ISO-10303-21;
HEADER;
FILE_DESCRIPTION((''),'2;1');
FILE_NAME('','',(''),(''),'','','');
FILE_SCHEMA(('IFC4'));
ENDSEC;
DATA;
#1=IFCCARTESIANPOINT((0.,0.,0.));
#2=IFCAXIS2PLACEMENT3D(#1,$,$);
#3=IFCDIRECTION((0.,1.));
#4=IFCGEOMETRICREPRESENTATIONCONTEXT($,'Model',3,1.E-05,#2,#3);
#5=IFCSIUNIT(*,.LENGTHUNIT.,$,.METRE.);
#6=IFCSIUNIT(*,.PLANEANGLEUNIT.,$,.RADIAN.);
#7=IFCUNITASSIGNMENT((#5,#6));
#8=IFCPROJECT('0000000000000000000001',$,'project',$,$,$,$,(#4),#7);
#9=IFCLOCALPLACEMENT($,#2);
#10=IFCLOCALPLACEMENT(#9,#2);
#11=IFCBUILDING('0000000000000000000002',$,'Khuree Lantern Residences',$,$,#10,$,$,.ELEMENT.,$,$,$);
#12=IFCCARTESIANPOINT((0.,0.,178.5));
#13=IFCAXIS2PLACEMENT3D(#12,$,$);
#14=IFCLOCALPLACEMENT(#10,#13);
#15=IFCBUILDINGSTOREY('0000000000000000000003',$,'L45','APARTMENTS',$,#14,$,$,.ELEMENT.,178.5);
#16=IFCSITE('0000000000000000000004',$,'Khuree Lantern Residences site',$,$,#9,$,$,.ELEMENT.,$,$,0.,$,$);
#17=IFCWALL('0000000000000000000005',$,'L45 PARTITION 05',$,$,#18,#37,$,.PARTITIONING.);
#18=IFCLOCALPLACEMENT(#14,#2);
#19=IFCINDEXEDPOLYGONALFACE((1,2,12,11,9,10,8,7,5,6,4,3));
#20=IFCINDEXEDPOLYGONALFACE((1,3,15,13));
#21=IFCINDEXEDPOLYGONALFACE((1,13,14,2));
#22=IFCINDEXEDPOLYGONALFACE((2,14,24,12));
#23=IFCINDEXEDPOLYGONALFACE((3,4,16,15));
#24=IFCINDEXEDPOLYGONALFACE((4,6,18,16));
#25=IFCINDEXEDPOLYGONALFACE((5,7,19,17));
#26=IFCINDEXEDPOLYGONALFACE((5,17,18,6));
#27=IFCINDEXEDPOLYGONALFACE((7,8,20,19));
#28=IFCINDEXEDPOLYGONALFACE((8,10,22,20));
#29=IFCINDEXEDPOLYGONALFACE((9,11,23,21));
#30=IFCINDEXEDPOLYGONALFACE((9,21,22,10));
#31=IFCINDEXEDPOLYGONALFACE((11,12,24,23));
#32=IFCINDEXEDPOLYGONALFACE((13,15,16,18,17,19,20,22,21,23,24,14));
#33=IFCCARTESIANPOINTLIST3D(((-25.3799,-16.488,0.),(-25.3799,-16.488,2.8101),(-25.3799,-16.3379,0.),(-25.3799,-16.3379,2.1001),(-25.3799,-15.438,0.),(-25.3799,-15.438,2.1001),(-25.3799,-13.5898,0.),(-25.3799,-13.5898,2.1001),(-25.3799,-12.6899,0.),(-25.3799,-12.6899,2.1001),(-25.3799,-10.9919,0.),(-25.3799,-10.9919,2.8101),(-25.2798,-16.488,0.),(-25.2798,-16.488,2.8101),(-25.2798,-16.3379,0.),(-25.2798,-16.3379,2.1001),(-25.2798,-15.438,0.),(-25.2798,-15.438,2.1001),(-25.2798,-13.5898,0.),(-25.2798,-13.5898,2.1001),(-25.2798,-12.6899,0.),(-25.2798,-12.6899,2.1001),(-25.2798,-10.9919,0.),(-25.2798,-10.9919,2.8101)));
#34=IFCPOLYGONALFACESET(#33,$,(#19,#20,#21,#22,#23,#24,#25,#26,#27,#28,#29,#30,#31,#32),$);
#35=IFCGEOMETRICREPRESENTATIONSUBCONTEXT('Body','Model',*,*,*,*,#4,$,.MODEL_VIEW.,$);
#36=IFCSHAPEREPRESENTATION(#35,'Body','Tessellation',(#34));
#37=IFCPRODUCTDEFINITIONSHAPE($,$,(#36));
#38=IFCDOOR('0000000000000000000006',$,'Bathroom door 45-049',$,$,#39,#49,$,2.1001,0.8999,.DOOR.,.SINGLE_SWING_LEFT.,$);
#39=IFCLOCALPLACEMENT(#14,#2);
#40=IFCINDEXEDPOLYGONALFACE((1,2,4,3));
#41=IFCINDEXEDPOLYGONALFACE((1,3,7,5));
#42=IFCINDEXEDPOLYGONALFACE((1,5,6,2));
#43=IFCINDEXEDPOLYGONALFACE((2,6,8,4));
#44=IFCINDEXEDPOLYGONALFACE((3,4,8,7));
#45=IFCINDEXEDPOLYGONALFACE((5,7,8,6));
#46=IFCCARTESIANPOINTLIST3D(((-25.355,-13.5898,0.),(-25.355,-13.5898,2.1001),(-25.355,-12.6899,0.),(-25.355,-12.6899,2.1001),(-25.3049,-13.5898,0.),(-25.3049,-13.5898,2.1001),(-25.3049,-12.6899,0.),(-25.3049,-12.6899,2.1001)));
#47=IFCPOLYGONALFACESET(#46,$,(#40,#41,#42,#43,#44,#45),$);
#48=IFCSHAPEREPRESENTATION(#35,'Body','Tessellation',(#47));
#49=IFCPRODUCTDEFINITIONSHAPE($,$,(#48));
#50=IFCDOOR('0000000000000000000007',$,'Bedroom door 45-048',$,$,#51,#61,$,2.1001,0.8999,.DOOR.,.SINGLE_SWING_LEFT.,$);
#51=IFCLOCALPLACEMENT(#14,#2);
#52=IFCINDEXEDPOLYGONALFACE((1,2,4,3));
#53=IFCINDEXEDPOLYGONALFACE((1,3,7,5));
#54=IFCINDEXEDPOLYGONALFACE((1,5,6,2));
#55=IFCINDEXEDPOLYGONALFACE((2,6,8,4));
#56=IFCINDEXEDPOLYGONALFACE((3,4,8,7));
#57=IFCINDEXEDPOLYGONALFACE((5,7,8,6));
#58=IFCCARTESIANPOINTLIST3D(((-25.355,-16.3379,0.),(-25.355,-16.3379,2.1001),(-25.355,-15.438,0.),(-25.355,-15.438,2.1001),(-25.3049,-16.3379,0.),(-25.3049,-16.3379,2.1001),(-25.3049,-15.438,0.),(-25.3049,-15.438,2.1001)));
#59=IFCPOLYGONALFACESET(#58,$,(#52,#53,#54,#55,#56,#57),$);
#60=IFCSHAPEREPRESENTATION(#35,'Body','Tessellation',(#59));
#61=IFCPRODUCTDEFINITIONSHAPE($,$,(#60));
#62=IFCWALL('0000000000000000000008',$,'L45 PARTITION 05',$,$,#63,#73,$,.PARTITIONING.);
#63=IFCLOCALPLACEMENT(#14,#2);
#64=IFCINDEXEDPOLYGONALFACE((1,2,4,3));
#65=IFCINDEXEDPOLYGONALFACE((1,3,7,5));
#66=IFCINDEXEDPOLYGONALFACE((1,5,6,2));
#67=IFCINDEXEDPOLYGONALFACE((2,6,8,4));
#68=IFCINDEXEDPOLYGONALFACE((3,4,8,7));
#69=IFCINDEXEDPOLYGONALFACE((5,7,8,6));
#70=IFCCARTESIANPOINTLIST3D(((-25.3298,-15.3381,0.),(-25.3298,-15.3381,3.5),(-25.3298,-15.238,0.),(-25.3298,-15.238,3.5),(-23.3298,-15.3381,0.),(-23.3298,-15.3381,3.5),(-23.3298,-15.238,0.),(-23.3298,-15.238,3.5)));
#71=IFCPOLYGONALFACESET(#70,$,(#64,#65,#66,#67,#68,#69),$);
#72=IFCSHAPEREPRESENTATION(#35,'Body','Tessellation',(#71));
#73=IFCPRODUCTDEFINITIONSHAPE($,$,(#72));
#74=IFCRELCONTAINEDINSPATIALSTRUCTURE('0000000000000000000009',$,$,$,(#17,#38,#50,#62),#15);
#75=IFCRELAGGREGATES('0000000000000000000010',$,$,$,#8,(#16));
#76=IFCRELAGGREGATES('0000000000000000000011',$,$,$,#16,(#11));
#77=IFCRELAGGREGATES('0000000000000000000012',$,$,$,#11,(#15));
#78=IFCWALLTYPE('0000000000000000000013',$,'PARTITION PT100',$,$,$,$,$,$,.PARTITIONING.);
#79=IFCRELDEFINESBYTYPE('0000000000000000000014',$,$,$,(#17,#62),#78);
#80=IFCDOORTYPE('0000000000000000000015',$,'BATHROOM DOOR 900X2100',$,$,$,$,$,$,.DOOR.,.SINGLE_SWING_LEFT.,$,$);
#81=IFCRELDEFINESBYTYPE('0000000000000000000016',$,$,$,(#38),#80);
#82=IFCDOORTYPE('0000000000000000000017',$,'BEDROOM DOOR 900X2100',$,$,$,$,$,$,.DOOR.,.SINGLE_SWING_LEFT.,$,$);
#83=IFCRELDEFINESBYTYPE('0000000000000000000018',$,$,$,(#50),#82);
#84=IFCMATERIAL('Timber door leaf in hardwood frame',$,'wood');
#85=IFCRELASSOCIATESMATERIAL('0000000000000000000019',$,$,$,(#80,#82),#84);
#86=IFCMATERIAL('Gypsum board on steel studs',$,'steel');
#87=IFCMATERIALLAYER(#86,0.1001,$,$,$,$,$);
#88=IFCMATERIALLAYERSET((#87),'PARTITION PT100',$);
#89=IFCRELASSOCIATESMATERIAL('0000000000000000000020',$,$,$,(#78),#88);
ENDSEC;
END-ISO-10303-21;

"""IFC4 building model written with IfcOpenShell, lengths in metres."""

from ifc_helpers import new_model, si_unit, direction, frame, frame_2d, origin, place, context, subcontext, project, spatial, rectangle, extrude, material, layer, layer_set, type_object, element, fill, save


model = new_model("IFC4")

# Units and contexts
model_context = context("Model", 3, precision=1e-05, world=origin(), true_north=direction((0.0, 1.0)))
body_context = subcontext(model_context, "Body", "Model", "MODEL_VIEW")
ifc_project = project(units=[si_unit("LENGTHUNIT", "METRE"), si_unit("PLANEANGLEUNIT", "RADIAN")], contexts=[model_context])

# Site, building, storey
site_placement = place(None, origin())
site = spatial("IfcSite", under=ifc_project, at=site_placement, Name="Khuree Lantern Residences site", CompositionType="ELEMENT", RefElevation=0.0)
building_placement = place(site_placement, origin())
building = spatial("IfcBuilding", under=site, at=building_placement, Name="Khuree Lantern Residences", CompositionType="ELEMENT")
storey_placement = place(building_placement, frame((0.0, 0.0, 178.5)))
storey = spatial("IfcBuildingStorey", under=building, at=storey_placement, Name="L45", Description="APARTMENTS", CompositionType="ELEMENT", Elevation=178.5)

# Shared definitions
ifc_material_1 = material(Name="Timber door leaf in hardwood frame", Category="wood")
door_type_1 = type_object("IfcDoorType", Name="BATHROOM DOOR 900X2100", OperationType="SINGLE_SWING_LEFT", PredefinedType="DOOR", material=ifc_material_1)

# Shared definitions
ifc_material_2 = material(Name="Gypsum board on steel studs", Category="steel")
ifc_layer_1 = layer(ifc_material_2, 0.1001)
ifc_layer_set_1 = layer_set([ifc_layer_1], Name="PARTITION PT100")
wall_type_1 = type_object("IfcWallType", Name="PARTITION PT100", PredefinedType="PARTITIONING", material=ifc_layer_set_1)

# Shared definitions
door_type_2 = type_object("IfcDoorType", Name="BEDROOM DOOR 900X2100", OperationType="SINGLE_SWING_LEFT", PredefinedType="DOOR", material=ifc_material_1)

# Wall, openings, doors
wall_1_placement = place(storey_placement, frame((-25.3298, -10.9919, 0.0), z_axis=(0.0, 0.0, 1.0), x_axis=(0.0, -1.0, 0.0)))
wall_1 = element("IfcWall", 1, at=wall_1_placement, inside=storey, type_object=wall_type_1, Name="L45 PARTITION 05", PredefinedType="PARTITIONING", context=body_context, shape_type="SweptSolid", body=[
    extrude(rectangle(XDim=5.4961, YDim=0.1001, at=frame_2d((2.748, 0.0))), origin(), (0.0, 0.0, 1.0), 2.8101),
])
opening_1_placement = place(wall_1_placement, frame((4.446, 0.0, 0.0)))
opening_1 = element("IfcOpeningElement", 2, at=opening_1_placement, cuts=wall_1, PredefinedType="OPENING", context=body_context, shape_type="SweptSolid", body=[
    extrude(rectangle(XDim=0.8999, YDim=2.1001, at=frame_2d((0.45, 1.05))), frame((0.0, 0.0601, 0.0), z_axis=(0.0, -1.0, 0.0), x_axis=(1.0, 0.0, 0.0)), (0.0, 0.0, 1.0), 0.1201),
])
opening_2_placement = place(wall_1_placement, frame((1.698, 0.0, 0.0)))
opening_2 = element("IfcOpeningElement", 3, at=opening_2_placement, cuts=wall_1, PredefinedType="OPENING", context=body_context, shape_type="SweptSolid", body=[
    extrude(rectangle(XDim=0.8999, YDim=2.1001, at=frame_2d((0.45, 1.05))), frame((0.0, 0.0601, 0.0), z_axis=(0.0, -1.0, 0.0), x_axis=(1.0, 0.0, 0.0)), (0.0, 0.0, 1.0), 0.1201),
])
door_1_placement = place(opening_2_placement, origin())
door_1 = element("IfcDoor", 4, at=door_1_placement, inside=storey, type_object=door_type_1, Name="Bathroom door 45-049", OperationType="SINGLE_SWING_LEFT", OverallHeight=2.1001, OverallWidth=0.8999, PredefinedType="DOOR", context=body_context, shape_type="SweptSolid", body=[
    extrude(rectangle(XDim=0.8999, YDim=2.1001, at=frame_2d((0.45, 1.05))), frame((0.0, 0.0249, 0.0), z_axis=(0.0, -1.0, 0.0), x_axis=(1.0, 0.0, 0.0)), (0.0, 0.0, 1.0), 0.05),
])
fill(opening_2, door_1)
door_2_placement = place(opening_1_placement, origin())
door_2 = element("IfcDoor", 5, at=door_2_placement, inside=storey, type_object=door_type_2, Name="Bedroom door 45-048", OperationType="SINGLE_SWING_LEFT", OverallHeight=2.1001, OverallWidth=0.8999, PredefinedType="DOOR", context=body_context, shape_type="SweptSolid", body=[
    extrude(rectangle(XDim=0.8999, YDim=2.1001, at=frame_2d((0.45, 1.05))), frame((0.0, 0.0249, 0.0), z_axis=(0.0, -1.0, 0.0), x_axis=(1.0, 0.0, 0.0)), (0.0, 0.0, 1.0), 0.05),
])
fill(opening_1, door_2)

# Wall
wall_2_placement = place(storey_placement, frame((-23.3298, -15.2881, 0.0), z_axis=(0.0, 0.0, 1.0), x_axis=(-1.0, 0.0, 0.0)))
element("IfcWall", 6, at=wall_2_placement, inside=storey, type_object=wall_type_1, Name="L45 PARTITION 05", PredefinedType="PARTITIONING", context=body_context, shape_type="SweptSolid", body=[
    extrude(rectangle(XDim=2.0, YDim=0.1001, at=frame_2d((1.0, 0.0))), origin(), (0.0, 0.0, 1.0), 3.5),
])

save(model, "model.ifc")
